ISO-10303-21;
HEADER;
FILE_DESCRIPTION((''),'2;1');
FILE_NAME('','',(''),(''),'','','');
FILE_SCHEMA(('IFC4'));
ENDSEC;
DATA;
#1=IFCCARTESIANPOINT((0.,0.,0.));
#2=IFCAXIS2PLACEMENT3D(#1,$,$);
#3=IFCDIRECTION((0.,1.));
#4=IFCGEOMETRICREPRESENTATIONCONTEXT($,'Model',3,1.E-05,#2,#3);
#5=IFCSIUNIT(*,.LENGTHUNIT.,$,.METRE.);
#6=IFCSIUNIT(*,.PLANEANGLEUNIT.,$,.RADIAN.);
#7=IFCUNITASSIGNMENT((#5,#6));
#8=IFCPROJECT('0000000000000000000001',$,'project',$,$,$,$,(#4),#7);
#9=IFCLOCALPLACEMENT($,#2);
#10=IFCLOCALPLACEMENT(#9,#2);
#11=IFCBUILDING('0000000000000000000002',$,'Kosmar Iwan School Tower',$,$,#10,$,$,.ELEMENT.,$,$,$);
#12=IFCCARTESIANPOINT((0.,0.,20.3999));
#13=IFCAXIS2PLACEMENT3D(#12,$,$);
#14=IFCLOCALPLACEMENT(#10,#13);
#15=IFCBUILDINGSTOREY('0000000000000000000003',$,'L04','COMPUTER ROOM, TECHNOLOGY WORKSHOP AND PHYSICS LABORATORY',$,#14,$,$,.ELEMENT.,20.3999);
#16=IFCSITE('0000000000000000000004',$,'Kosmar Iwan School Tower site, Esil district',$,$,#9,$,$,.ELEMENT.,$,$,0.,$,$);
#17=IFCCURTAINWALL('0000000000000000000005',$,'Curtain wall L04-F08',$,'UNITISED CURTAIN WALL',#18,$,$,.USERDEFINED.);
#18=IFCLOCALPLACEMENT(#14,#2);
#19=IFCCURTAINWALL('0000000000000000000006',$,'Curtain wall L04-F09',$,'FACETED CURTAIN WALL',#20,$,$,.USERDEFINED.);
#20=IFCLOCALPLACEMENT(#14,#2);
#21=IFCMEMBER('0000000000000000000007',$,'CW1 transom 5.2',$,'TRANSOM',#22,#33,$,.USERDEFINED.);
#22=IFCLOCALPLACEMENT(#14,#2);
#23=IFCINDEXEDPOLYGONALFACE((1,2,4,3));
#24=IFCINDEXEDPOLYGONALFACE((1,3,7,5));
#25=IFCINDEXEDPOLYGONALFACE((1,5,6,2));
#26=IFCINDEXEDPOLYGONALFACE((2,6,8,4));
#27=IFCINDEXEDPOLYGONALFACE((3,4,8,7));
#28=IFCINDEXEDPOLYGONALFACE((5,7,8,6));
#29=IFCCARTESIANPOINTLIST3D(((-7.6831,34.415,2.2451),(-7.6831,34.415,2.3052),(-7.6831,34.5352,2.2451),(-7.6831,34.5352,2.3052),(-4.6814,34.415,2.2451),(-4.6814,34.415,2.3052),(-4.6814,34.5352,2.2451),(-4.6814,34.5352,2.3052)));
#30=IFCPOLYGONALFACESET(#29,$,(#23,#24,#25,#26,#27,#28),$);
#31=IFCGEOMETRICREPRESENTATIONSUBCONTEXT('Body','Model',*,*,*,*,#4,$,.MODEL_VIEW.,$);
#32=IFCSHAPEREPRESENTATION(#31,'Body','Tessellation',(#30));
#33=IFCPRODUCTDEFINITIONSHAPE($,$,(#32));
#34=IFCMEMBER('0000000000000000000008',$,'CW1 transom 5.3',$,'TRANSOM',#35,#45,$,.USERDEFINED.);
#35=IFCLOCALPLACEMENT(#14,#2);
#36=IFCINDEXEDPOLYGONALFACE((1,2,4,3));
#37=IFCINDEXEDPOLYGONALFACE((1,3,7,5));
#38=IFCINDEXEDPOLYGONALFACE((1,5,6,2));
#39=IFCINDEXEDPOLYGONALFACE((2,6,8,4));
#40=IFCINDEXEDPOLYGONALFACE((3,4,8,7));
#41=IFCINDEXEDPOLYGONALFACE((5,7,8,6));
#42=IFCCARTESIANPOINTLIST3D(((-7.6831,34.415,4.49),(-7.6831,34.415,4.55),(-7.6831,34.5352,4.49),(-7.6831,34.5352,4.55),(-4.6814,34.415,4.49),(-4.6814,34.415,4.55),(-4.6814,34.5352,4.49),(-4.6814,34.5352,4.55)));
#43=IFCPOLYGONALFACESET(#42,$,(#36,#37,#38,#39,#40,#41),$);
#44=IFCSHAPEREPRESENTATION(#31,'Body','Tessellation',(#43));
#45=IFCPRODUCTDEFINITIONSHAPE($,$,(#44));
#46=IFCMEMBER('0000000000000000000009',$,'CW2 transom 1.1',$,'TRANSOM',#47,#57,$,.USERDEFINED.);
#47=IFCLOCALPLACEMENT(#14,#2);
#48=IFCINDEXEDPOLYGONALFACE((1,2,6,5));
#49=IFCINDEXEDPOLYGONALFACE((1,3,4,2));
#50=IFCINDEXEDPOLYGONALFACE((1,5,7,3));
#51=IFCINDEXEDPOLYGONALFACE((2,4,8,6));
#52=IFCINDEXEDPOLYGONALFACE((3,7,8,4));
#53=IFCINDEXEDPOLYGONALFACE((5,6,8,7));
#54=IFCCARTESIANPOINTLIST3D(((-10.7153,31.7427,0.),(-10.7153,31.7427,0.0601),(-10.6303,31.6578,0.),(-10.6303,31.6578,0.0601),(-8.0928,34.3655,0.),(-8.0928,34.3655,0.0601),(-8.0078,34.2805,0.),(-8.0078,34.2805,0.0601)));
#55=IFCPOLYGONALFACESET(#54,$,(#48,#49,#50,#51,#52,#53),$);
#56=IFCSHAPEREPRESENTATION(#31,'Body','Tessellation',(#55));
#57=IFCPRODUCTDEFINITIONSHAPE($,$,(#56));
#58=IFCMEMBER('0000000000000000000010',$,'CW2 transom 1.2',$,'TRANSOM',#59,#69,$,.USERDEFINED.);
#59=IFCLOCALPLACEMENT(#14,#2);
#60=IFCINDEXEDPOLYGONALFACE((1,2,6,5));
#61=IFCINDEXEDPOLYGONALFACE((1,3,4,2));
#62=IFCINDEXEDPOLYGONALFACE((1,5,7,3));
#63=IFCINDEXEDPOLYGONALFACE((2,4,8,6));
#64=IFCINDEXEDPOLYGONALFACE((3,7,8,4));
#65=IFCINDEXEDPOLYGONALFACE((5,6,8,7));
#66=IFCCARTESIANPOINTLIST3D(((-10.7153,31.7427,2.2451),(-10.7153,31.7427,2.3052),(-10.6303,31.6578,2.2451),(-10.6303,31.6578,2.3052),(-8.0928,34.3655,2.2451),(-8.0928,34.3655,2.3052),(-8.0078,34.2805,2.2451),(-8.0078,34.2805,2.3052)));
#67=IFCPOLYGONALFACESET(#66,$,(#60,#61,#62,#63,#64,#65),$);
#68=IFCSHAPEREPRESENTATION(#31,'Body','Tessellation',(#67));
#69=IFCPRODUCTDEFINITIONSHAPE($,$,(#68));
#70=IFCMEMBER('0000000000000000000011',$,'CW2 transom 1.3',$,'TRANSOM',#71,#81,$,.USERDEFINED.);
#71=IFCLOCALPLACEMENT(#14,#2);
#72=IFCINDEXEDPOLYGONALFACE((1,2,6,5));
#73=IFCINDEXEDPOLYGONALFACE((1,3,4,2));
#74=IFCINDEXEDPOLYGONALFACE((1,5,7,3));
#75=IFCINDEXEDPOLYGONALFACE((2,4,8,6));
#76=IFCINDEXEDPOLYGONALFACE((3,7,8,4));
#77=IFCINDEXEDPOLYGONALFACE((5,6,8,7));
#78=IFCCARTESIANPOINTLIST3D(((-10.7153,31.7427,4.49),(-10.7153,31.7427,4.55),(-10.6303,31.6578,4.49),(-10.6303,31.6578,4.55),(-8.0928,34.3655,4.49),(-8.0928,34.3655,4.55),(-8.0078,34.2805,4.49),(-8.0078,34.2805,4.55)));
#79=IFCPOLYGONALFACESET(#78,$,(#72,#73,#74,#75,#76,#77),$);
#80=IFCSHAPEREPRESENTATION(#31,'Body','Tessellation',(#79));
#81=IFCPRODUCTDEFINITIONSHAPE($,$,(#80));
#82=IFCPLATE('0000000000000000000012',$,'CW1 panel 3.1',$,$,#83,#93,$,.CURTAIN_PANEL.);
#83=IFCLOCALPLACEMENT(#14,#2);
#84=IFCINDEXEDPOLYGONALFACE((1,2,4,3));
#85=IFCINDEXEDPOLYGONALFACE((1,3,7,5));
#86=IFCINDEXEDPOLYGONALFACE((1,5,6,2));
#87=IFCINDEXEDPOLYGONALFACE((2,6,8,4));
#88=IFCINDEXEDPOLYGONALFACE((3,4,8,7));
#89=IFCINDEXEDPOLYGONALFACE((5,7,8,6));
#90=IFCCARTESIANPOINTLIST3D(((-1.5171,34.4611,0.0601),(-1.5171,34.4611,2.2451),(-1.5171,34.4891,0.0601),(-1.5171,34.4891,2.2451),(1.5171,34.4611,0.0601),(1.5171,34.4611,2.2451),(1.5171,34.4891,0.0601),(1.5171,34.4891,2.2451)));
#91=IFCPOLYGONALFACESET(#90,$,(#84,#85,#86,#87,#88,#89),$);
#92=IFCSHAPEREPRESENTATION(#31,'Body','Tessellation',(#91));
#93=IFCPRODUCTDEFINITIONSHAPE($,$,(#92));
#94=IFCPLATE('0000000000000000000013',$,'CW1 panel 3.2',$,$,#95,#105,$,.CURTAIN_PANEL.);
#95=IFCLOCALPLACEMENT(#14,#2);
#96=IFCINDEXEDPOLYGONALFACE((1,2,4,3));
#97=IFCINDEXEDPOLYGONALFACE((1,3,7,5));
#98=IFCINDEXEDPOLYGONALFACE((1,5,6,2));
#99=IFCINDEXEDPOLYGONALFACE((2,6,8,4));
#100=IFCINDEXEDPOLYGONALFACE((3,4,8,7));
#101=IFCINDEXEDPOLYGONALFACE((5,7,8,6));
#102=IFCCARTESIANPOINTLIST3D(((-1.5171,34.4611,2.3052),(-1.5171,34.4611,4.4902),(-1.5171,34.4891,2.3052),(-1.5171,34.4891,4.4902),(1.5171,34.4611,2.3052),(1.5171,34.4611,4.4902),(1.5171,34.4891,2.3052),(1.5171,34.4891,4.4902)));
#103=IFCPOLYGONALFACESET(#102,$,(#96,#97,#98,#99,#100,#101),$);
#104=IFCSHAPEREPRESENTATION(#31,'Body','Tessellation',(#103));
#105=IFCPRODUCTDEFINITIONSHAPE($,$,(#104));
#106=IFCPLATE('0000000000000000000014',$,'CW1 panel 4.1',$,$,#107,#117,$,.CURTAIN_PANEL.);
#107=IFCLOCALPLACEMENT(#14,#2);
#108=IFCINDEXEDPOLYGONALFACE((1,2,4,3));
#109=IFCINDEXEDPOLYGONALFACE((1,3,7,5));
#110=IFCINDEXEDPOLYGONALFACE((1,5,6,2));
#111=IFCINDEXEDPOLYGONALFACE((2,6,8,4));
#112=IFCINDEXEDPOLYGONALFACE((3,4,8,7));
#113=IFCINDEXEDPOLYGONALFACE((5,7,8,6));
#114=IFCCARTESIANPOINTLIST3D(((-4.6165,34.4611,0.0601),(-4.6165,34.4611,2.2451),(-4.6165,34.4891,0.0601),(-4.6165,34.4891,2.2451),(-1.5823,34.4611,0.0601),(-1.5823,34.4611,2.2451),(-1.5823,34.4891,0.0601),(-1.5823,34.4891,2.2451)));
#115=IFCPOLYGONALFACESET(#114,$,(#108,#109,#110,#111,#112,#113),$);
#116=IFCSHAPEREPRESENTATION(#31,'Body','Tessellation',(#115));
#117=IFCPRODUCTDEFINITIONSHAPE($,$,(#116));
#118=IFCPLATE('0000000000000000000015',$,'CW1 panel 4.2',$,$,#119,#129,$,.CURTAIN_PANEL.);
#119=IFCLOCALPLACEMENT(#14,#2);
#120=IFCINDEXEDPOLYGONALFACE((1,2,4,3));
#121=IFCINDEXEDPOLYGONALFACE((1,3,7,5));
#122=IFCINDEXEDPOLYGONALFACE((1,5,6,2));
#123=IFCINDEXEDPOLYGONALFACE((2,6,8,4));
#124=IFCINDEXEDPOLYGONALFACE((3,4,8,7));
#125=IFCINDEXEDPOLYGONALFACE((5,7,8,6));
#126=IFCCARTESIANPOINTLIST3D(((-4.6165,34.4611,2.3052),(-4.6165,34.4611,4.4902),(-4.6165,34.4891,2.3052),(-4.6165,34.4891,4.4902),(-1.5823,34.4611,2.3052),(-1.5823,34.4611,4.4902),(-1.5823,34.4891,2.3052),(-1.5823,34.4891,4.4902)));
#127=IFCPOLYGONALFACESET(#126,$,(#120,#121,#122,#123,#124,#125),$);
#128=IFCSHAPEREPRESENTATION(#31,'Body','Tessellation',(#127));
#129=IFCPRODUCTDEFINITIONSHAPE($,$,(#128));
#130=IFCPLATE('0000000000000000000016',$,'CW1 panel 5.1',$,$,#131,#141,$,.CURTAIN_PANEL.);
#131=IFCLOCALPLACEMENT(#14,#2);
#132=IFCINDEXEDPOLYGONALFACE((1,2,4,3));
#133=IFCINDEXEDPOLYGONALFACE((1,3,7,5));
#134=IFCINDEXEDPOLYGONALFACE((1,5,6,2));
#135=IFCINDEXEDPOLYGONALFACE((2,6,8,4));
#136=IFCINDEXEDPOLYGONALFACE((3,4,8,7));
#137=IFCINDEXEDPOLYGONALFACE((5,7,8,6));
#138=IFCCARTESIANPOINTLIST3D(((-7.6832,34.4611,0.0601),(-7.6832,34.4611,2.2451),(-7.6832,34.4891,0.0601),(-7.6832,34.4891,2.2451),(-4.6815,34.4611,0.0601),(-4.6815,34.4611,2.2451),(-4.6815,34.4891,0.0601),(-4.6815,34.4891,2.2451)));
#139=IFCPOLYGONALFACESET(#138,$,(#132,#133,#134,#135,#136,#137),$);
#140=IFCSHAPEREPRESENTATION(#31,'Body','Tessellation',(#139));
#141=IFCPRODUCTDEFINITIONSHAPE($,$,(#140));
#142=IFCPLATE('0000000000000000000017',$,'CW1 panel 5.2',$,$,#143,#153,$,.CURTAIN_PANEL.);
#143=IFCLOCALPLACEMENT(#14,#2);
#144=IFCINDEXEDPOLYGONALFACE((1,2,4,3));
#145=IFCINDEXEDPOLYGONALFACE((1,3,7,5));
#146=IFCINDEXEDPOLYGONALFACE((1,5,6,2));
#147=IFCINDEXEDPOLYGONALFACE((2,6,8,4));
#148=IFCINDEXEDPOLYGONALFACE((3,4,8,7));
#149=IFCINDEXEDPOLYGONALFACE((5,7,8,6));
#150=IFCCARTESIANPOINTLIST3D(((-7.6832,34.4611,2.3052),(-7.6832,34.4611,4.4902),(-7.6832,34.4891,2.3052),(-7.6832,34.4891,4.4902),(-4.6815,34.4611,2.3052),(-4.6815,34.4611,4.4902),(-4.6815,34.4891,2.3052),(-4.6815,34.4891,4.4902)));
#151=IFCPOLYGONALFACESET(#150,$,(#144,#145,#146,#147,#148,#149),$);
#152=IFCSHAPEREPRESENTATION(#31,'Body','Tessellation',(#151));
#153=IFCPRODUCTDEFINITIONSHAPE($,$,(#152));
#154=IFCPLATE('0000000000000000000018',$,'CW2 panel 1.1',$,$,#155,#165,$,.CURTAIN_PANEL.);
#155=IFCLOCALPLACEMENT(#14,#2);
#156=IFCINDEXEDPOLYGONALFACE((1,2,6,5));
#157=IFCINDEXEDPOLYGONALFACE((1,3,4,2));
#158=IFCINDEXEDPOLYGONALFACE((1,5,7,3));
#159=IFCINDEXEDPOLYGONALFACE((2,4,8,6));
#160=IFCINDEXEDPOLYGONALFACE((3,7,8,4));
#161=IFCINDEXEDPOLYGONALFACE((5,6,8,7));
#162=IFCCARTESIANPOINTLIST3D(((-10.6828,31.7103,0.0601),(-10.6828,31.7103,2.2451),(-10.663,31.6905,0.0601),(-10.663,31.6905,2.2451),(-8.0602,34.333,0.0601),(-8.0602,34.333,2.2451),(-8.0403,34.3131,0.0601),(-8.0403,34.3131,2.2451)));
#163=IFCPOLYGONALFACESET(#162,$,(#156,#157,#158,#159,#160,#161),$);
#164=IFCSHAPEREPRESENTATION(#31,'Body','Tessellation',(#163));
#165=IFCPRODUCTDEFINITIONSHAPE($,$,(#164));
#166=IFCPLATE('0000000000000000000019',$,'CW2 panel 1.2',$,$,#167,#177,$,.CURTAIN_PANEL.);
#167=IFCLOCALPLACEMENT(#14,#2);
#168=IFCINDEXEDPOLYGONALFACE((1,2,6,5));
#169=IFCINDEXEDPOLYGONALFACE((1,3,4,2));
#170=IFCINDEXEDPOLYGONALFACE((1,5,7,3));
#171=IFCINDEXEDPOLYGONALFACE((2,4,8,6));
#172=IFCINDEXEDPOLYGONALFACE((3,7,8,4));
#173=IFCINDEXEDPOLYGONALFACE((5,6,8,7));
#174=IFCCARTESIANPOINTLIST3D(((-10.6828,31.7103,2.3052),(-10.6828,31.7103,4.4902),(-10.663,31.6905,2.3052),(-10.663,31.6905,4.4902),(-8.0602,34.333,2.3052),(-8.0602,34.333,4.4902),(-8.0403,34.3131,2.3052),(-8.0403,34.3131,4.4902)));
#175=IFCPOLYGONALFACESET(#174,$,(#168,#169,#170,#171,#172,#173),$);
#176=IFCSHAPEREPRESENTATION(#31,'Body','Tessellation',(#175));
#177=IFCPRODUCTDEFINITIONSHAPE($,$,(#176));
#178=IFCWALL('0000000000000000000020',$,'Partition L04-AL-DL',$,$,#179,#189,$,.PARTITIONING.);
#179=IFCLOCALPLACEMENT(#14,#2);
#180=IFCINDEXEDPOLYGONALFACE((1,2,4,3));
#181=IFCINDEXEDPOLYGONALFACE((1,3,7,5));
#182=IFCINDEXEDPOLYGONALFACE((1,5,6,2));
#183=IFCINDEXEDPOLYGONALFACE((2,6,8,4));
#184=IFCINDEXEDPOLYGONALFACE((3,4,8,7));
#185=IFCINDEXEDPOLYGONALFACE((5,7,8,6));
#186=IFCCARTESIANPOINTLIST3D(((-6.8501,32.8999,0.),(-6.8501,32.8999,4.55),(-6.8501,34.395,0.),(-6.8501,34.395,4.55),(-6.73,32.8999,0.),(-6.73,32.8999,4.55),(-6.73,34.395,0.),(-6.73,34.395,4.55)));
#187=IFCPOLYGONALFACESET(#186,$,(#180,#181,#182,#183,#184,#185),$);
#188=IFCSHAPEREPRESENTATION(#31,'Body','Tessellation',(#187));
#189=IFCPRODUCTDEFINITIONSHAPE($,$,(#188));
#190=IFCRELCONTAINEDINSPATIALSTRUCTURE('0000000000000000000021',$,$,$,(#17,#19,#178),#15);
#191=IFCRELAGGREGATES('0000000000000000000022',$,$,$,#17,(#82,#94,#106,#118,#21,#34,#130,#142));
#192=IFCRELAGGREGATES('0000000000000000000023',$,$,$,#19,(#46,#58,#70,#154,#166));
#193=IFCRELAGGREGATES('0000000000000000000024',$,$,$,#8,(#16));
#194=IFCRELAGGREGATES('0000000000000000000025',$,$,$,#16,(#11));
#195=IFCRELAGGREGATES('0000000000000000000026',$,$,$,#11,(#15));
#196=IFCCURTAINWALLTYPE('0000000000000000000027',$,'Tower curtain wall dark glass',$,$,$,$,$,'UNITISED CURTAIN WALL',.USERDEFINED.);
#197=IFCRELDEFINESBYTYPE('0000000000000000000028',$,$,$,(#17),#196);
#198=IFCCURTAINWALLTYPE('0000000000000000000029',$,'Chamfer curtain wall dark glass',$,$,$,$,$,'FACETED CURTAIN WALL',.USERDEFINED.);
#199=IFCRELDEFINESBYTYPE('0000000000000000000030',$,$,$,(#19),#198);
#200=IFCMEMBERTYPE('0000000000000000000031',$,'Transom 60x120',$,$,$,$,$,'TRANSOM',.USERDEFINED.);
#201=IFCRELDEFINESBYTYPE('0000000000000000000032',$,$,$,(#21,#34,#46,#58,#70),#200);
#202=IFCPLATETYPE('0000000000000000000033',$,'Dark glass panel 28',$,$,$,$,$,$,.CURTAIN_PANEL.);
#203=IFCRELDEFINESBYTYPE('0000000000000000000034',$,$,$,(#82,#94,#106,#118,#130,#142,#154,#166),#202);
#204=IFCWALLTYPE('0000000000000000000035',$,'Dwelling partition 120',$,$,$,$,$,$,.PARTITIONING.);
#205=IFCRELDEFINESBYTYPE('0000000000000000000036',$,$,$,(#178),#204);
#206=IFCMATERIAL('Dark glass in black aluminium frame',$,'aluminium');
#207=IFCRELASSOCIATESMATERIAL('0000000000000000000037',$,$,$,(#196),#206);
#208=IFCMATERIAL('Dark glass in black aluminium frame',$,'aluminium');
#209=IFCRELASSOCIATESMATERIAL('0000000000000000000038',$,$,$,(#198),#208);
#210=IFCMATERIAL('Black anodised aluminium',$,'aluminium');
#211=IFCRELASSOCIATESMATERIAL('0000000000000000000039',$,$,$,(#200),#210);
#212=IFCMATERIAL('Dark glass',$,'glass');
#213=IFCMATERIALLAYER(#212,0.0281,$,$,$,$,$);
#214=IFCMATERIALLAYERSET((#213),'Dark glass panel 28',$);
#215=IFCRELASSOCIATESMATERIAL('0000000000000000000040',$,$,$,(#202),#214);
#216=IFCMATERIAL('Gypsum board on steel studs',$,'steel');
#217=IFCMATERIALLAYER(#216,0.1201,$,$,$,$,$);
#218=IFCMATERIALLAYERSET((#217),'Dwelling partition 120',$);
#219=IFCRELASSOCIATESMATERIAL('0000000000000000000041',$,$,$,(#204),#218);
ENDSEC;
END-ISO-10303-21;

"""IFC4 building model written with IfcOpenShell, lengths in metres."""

from ifc_helpers import new_model, si_unit, direction, frame, frame_2d, origin, origin_2d, place, context, subcontext, project, spatial, rectangle, extrude, material, layer, layer_set, material_profile, profile_set, type_object, element, aggregate, save


model = new_model("IFC4")

# Units and contexts
model_context = context("Model", 3, precision=1e-05, world=origin(), true_north=direction((0.0, 1.0)))
body_context = subcontext(model_context, "Body", "Model", "MODEL_VIEW")
ifc_project = project(units=[si_unit("LENGTHUNIT", "METRE"), si_unit("PLANEANGLEUNIT", "RADIAN")], contexts=[model_context])

# Site, building, storey
site_placement = place(None, origin())
site = spatial("IfcSite", under=ifc_project, at=site_placement, Name="Kosmar Iwan School Tower site, Esil district", CompositionType="ELEMENT", RefElevation=0.0)
building_placement = place(site_placement, origin())
building = spatial("IfcBuilding", under=site, at=building_placement, Name="Kosmar Iwan School Tower", CompositionType="ELEMENT")
storey_placement = place(building_placement, frame((0.0, 0.0, 20.3999)))
storey = spatial("IfcBuildingStorey", under=building, at=storey_placement, Name="L04", Description="COMPUTER ROOM, TECHNOLOGY WORKSHOP AND PHYSICS LABORATORY", CompositionType="ELEMENT", Elevation=20.3999)

# Curtain walls
ifc_material_1 = material(Name="Dark glass in black aluminium frame", Category="aluminium")
curtain_wall_type_1 = type_object("IfcCurtainWallType", Name="Tower curtain wall dark glass", ElementType="UNITISED CURTAIN WALL", PredefinedType="USERDEFINED", material=ifc_material_1)
curtain_wall_1_placement = place(storey_placement, origin())
curtain_wall_1 = element("IfcCurtainWall", 1, at=curtain_wall_1_placement, inside=storey, type_object=curtain_wall_type_1, Name="Curtain wall L04-F08", ObjectType="UNITISED CURTAIN WALL", PredefinedType="USERDEFINED")
ifc_material_2 = material(Name="Dark glass in black aluminium frame", Category="aluminium")
curtain_wall_type_2 = type_object("IfcCurtainWallType", Name="Chamfer curtain wall dark glass", ElementType="FACETED CURTAIN WALL", PredefinedType="USERDEFINED", material=ifc_material_2)
curtain_wall_2_placement = place(storey_placement, origin())
curtain_wall_2 = element("IfcCurtainWall", 2, at=curtain_wall_2_placement, inside=storey, type_object=curtain_wall_type_2, Name="Curtain wall L04-F09", ObjectType="FACETED CURTAIN WALL", PredefinedType="USERDEFINED")

# Members
ifc_material_3 = material(Name="Black anodised aluminium", Category="aluminium")
ifc_material_profile_1 = material_profile(ifc_material_3, rectangle(XDim=0.1201, YDim=0.0601, at=origin_2d()), Name="TRANSOM 60x120")
ifc_profile_set_1 = profile_set([ifc_material_profile_1], Name="Black anodised aluminium")
member_type_1 = type_object("IfcMemberType", Name="Transom 60x120", ElementType="TRANSOM", PredefinedType="USERDEFINED", material=ifc_profile_set_1)
member_1_placement = place(storey_placement, frame((-4.6814, 34.4751, 2.2751), z_axis=(-1.0, 0.0, 0.0), x_axis=(0.0, -1.0, 0.0)))
member_1 = element("IfcMember", 3, at=member_1_placement, type_object=member_type_1, Name="CW1 transom 5.2", ObjectType="TRANSOM", PredefinedType="USERDEFINED", context=body_context, shape_type="SweptSolid", body=[
    extrude(rectangle(XDim=0.1201, YDim=0.0601, at=origin_2d()), origin(), (0.0, 0.0, 1.0), 3.0017),
])
member_2_placement = place(storey_placement, frame((-4.6814, 34.4751, 4.52), z_axis=(-1.0, 0.0, 0.0), x_axis=(0.0, -1.0, 0.0)))
member_2 = element("IfcMember", 4, at=member_2_placement, type_object=member_type_1, Name="CW1 transom 5.3", ObjectType="TRANSOM", PredefinedType="USERDEFINED", context=body_context, shape_type="SweptSolid", body=[
    extrude(rectangle(XDim=0.1201, YDim=0.0601, at=origin_2d()), origin(), (0.0, 0.0, 1.0), 3.0017),
])
member_3_placement = place(storey_placement, frame((-8.0503, 34.323, 0.03), z_axis=(-0.707074, -0.70714, 0.0), x_axis=(0.70714, -0.707074, 0.0)))
member_3 = element("IfcMember", 5, at=member_3_placement, type_object=member_type_1, Name="CW2 transom 1.1", ObjectType="TRANSOM", PredefinedType="USERDEFINED", context=body_context, shape_type="SweptSolid", body=[
    extrude(rectangle(XDim=0.1201, YDim=0.0601, at=origin_2d()), origin(), (0.0, 0.0, 1.0), 3.709),
])
member_4_placement = place(storey_placement, frame((-8.0503, 34.323, 2.2751), z_axis=(-0.707074, -0.70714, 0.0), x_axis=(0.70714, -0.707074, 0.0)))
member_4 = element("IfcMember", 6, at=member_4_placement, type_object=member_type_1, Name="CW2 transom 1.2", ObjectType="TRANSOM", PredefinedType="USERDEFINED", context=body_context, shape_type="SweptSolid", body=[
    extrude(rectangle(XDim=0.1201, YDim=0.0601, at=origin_2d()), origin(), (0.0, 0.0, 1.0), 3.709),
])
member_5_placement = place(storey_placement, frame((-8.0503, 34.323, 4.52), z_axis=(-0.707074, -0.70714, 0.0), x_axis=(0.70714, -0.707074, 0.0)))
member_5 = element("IfcMember", 7, at=member_5_placement, type_object=member_type_1, Name="CW2 transom 1.3", ObjectType="TRANSOM", PredefinedType="USERDEFINED", context=body_context, shape_type="SweptSolid", body=[
    extrude(rectangle(XDim=0.1201, YDim=0.0601, at=origin_2d()), origin(), (0.0, 0.0, 1.0), 3.709),
])

# Plates
ifc_material_4 = material(Name="Dark glass", Category="glass")
ifc_layer_1 = layer(ifc_material_4, 0.0281)
ifc_layer_set_1 = layer_set([ifc_layer_1], Name="Dark glass panel 28")
plate_type = type_object("IfcPlateType", Name="Dark glass panel 28", PredefinedType="CURTAIN_PANEL", material=ifc_layer_set_1)
plate_1_placement = place(storey_placement, frame((0.0, 34.4751, 0.0601), z_axis=(0.0, 0.0, 1.0), x_axis=(-1.0, 0.0, 0.0)))
plate_1 = element("IfcPlate", 8, at=plate_1_placement, type_object=plate_type, Name="CW1 panel 3.1", PredefinedType="CURTAIN_PANEL", context=body_context, shape_type="SweptSolid", body=[
    extrude(rectangle(XDim=3.0342, YDim=0.0281, at=origin_2d()), origin(), (0.0, 0.0, 1.0), 2.1851),
])
plate_2_placement = place(storey_placement, frame((0.0, 34.4751, 2.3052), z_axis=(0.0, 0.0, 1.0), x_axis=(-1.0, 0.0, 0.0)))
plate_2 = element("IfcPlate", 9, at=plate_2_placement, type_object=plate_type, Name="CW1 panel 3.2", PredefinedType="CURTAIN_PANEL", context=body_context, shape_type="SweptSolid", body=[
    extrude(rectangle(XDim=3.0342, YDim=0.0281, at=origin_2d()), origin(), (0.0, 0.0, 1.0), 2.1851),
])
plate_3_placement = place(storey_placement, frame((-3.0994, 34.4751, 0.0601), z_axis=(0.0, 0.0, 1.0), x_axis=(-1.0, 0.0, 0.0)))
plate_3 = element("IfcPlate", 10, at=plate_3_placement, type_object=plate_type, Name="CW1 panel 4.1", PredefinedType="CURTAIN_PANEL", context=body_context, shape_type="SweptSolid", body=[
    extrude(rectangle(XDim=3.0342, YDim=0.0281, at=origin_2d()), origin(), (0.0, 0.0, 1.0), 2.1851),
])
plate_4_placement = place(storey_placement, frame((-3.0994, 34.4751, 2.3052), z_axis=(0.0, 0.0, 1.0), x_axis=(-1.0, 0.0, 0.0)))
plate_4 = element("IfcPlate", 11, at=plate_4_placement, type_object=plate_type, Name="CW1 panel 4.2", PredefinedType="CURTAIN_PANEL", context=body_context, shape_type="SweptSolid", body=[
    extrude(rectangle(XDim=3.0342, YDim=0.0281, at=origin_2d()), origin(), (0.0, 0.0, 1.0), 2.1851),
])
plate_5_placement = place(storey_placement, frame((-6.1824, 34.4751, 0.0601), z_axis=(0.0, 0.0, 1.0), x_axis=(-1.0, 0.0, 0.0)))
plate_5 = element("IfcPlate", 12, at=plate_5_placement, type_object=plate_type, Name="CW1 panel 5.1", PredefinedType="CURTAIN_PANEL", context=body_context, shape_type="SweptSolid", body=[
    extrude(rectangle(XDim=3.0017, YDim=0.0281, at=origin_2d()), origin(), (0.0, 0.0, 1.0), 2.1851),
])
plate_6_placement = place(storey_placement, frame((-6.1824, 34.4751, 2.3052), z_axis=(0.0, 0.0, 1.0), x_axis=(-1.0, 0.0, 0.0)))
plate_6 = element("IfcPlate", 13, at=plate_6_placement, type_object=plate_type, Name="CW1 panel 5.2", PredefinedType="CURTAIN_PANEL", context=body_context, shape_type="SweptSolid", body=[
    extrude(rectangle(XDim=3.0017, YDim=0.0281, at=origin_2d()), origin(), (0.0, 0.0, 1.0), 2.1851),
])
aggregate(curtain_wall_1, [plate_1, plate_2, plate_3, plate_4, member_1, member_2, plate_5, plate_6])
plate_7_placement = place(storey_placement, frame((-9.3616, 33.0117, 0.0601), z_axis=(0.0, 0.0, 1.0), x_axis=(-0.707107, -0.707107, 0.0)))
plate_7 = element("IfcPlate", 14, at=plate_7_placement, type_object=plate_type, Name="CW2 panel 1.1", PredefinedType="CURTAIN_PANEL", context=body_context, shape_type="SweptSolid", body=[
    extrude(rectangle(XDim=3.709, YDim=0.0281, at=origin_2d()), origin(), (0.0, 0.0, 1.0), 2.1851),
])
plate_8_placement = place(storey_placement, frame((-9.3616, 33.0117, 2.3052), z_axis=(0.0, 0.0, 1.0), x_axis=(-0.707107, -0.707107, 0.0)))
plate_8 = element("IfcPlate", 15, at=plate_8_placement, type_object=plate_type, Name="CW2 panel 1.2", PredefinedType="CURTAIN_PANEL", context=body_context, shape_type="SweptSolid", body=[
    extrude(rectangle(XDim=3.709, YDim=0.0281, at=origin_2d()), origin(), (0.0, 0.0, 1.0), 2.1851),
])
aggregate(curtain_wall_2, [member_3, member_4, member_5, plate_7, plate_8])

# Wall
ifc_material_5 = material(Name="Gypsum board on steel studs", Category="steel")
ifc_layer_2 = layer(ifc_material_5, 0.1201)
ifc_layer_set_2 = layer_set([ifc_layer_2], Name="Dwelling partition 120")
wall_type_1 = type_object("IfcWallType", Name="Dwelling partition 120", PredefinedType="PARTITIONING", material=ifc_layer_set_2)
wall_1_placement = place(storey_placement, frame((-6.79, 32.8999, 0.0), z_axis=(0.0, 0.0, 1.0), x_axis=(0.0, 1.0, 0.0)))
element("IfcWall", 16, at=wall_1_placement, inside=storey, type_object=wall_type_1, Name="Partition L04-AL-DL", PredefinedType="PARTITIONING", context=body_context, shape_type="SweptSolid", body=[
    extrude(rectangle(XDim=1.4951, YDim=0.1201, at=frame_2d((0.7476, 0.0))), origin(), (0.0, 0.0, 1.0), 4.55),
])

save(model, "model.ifc")
